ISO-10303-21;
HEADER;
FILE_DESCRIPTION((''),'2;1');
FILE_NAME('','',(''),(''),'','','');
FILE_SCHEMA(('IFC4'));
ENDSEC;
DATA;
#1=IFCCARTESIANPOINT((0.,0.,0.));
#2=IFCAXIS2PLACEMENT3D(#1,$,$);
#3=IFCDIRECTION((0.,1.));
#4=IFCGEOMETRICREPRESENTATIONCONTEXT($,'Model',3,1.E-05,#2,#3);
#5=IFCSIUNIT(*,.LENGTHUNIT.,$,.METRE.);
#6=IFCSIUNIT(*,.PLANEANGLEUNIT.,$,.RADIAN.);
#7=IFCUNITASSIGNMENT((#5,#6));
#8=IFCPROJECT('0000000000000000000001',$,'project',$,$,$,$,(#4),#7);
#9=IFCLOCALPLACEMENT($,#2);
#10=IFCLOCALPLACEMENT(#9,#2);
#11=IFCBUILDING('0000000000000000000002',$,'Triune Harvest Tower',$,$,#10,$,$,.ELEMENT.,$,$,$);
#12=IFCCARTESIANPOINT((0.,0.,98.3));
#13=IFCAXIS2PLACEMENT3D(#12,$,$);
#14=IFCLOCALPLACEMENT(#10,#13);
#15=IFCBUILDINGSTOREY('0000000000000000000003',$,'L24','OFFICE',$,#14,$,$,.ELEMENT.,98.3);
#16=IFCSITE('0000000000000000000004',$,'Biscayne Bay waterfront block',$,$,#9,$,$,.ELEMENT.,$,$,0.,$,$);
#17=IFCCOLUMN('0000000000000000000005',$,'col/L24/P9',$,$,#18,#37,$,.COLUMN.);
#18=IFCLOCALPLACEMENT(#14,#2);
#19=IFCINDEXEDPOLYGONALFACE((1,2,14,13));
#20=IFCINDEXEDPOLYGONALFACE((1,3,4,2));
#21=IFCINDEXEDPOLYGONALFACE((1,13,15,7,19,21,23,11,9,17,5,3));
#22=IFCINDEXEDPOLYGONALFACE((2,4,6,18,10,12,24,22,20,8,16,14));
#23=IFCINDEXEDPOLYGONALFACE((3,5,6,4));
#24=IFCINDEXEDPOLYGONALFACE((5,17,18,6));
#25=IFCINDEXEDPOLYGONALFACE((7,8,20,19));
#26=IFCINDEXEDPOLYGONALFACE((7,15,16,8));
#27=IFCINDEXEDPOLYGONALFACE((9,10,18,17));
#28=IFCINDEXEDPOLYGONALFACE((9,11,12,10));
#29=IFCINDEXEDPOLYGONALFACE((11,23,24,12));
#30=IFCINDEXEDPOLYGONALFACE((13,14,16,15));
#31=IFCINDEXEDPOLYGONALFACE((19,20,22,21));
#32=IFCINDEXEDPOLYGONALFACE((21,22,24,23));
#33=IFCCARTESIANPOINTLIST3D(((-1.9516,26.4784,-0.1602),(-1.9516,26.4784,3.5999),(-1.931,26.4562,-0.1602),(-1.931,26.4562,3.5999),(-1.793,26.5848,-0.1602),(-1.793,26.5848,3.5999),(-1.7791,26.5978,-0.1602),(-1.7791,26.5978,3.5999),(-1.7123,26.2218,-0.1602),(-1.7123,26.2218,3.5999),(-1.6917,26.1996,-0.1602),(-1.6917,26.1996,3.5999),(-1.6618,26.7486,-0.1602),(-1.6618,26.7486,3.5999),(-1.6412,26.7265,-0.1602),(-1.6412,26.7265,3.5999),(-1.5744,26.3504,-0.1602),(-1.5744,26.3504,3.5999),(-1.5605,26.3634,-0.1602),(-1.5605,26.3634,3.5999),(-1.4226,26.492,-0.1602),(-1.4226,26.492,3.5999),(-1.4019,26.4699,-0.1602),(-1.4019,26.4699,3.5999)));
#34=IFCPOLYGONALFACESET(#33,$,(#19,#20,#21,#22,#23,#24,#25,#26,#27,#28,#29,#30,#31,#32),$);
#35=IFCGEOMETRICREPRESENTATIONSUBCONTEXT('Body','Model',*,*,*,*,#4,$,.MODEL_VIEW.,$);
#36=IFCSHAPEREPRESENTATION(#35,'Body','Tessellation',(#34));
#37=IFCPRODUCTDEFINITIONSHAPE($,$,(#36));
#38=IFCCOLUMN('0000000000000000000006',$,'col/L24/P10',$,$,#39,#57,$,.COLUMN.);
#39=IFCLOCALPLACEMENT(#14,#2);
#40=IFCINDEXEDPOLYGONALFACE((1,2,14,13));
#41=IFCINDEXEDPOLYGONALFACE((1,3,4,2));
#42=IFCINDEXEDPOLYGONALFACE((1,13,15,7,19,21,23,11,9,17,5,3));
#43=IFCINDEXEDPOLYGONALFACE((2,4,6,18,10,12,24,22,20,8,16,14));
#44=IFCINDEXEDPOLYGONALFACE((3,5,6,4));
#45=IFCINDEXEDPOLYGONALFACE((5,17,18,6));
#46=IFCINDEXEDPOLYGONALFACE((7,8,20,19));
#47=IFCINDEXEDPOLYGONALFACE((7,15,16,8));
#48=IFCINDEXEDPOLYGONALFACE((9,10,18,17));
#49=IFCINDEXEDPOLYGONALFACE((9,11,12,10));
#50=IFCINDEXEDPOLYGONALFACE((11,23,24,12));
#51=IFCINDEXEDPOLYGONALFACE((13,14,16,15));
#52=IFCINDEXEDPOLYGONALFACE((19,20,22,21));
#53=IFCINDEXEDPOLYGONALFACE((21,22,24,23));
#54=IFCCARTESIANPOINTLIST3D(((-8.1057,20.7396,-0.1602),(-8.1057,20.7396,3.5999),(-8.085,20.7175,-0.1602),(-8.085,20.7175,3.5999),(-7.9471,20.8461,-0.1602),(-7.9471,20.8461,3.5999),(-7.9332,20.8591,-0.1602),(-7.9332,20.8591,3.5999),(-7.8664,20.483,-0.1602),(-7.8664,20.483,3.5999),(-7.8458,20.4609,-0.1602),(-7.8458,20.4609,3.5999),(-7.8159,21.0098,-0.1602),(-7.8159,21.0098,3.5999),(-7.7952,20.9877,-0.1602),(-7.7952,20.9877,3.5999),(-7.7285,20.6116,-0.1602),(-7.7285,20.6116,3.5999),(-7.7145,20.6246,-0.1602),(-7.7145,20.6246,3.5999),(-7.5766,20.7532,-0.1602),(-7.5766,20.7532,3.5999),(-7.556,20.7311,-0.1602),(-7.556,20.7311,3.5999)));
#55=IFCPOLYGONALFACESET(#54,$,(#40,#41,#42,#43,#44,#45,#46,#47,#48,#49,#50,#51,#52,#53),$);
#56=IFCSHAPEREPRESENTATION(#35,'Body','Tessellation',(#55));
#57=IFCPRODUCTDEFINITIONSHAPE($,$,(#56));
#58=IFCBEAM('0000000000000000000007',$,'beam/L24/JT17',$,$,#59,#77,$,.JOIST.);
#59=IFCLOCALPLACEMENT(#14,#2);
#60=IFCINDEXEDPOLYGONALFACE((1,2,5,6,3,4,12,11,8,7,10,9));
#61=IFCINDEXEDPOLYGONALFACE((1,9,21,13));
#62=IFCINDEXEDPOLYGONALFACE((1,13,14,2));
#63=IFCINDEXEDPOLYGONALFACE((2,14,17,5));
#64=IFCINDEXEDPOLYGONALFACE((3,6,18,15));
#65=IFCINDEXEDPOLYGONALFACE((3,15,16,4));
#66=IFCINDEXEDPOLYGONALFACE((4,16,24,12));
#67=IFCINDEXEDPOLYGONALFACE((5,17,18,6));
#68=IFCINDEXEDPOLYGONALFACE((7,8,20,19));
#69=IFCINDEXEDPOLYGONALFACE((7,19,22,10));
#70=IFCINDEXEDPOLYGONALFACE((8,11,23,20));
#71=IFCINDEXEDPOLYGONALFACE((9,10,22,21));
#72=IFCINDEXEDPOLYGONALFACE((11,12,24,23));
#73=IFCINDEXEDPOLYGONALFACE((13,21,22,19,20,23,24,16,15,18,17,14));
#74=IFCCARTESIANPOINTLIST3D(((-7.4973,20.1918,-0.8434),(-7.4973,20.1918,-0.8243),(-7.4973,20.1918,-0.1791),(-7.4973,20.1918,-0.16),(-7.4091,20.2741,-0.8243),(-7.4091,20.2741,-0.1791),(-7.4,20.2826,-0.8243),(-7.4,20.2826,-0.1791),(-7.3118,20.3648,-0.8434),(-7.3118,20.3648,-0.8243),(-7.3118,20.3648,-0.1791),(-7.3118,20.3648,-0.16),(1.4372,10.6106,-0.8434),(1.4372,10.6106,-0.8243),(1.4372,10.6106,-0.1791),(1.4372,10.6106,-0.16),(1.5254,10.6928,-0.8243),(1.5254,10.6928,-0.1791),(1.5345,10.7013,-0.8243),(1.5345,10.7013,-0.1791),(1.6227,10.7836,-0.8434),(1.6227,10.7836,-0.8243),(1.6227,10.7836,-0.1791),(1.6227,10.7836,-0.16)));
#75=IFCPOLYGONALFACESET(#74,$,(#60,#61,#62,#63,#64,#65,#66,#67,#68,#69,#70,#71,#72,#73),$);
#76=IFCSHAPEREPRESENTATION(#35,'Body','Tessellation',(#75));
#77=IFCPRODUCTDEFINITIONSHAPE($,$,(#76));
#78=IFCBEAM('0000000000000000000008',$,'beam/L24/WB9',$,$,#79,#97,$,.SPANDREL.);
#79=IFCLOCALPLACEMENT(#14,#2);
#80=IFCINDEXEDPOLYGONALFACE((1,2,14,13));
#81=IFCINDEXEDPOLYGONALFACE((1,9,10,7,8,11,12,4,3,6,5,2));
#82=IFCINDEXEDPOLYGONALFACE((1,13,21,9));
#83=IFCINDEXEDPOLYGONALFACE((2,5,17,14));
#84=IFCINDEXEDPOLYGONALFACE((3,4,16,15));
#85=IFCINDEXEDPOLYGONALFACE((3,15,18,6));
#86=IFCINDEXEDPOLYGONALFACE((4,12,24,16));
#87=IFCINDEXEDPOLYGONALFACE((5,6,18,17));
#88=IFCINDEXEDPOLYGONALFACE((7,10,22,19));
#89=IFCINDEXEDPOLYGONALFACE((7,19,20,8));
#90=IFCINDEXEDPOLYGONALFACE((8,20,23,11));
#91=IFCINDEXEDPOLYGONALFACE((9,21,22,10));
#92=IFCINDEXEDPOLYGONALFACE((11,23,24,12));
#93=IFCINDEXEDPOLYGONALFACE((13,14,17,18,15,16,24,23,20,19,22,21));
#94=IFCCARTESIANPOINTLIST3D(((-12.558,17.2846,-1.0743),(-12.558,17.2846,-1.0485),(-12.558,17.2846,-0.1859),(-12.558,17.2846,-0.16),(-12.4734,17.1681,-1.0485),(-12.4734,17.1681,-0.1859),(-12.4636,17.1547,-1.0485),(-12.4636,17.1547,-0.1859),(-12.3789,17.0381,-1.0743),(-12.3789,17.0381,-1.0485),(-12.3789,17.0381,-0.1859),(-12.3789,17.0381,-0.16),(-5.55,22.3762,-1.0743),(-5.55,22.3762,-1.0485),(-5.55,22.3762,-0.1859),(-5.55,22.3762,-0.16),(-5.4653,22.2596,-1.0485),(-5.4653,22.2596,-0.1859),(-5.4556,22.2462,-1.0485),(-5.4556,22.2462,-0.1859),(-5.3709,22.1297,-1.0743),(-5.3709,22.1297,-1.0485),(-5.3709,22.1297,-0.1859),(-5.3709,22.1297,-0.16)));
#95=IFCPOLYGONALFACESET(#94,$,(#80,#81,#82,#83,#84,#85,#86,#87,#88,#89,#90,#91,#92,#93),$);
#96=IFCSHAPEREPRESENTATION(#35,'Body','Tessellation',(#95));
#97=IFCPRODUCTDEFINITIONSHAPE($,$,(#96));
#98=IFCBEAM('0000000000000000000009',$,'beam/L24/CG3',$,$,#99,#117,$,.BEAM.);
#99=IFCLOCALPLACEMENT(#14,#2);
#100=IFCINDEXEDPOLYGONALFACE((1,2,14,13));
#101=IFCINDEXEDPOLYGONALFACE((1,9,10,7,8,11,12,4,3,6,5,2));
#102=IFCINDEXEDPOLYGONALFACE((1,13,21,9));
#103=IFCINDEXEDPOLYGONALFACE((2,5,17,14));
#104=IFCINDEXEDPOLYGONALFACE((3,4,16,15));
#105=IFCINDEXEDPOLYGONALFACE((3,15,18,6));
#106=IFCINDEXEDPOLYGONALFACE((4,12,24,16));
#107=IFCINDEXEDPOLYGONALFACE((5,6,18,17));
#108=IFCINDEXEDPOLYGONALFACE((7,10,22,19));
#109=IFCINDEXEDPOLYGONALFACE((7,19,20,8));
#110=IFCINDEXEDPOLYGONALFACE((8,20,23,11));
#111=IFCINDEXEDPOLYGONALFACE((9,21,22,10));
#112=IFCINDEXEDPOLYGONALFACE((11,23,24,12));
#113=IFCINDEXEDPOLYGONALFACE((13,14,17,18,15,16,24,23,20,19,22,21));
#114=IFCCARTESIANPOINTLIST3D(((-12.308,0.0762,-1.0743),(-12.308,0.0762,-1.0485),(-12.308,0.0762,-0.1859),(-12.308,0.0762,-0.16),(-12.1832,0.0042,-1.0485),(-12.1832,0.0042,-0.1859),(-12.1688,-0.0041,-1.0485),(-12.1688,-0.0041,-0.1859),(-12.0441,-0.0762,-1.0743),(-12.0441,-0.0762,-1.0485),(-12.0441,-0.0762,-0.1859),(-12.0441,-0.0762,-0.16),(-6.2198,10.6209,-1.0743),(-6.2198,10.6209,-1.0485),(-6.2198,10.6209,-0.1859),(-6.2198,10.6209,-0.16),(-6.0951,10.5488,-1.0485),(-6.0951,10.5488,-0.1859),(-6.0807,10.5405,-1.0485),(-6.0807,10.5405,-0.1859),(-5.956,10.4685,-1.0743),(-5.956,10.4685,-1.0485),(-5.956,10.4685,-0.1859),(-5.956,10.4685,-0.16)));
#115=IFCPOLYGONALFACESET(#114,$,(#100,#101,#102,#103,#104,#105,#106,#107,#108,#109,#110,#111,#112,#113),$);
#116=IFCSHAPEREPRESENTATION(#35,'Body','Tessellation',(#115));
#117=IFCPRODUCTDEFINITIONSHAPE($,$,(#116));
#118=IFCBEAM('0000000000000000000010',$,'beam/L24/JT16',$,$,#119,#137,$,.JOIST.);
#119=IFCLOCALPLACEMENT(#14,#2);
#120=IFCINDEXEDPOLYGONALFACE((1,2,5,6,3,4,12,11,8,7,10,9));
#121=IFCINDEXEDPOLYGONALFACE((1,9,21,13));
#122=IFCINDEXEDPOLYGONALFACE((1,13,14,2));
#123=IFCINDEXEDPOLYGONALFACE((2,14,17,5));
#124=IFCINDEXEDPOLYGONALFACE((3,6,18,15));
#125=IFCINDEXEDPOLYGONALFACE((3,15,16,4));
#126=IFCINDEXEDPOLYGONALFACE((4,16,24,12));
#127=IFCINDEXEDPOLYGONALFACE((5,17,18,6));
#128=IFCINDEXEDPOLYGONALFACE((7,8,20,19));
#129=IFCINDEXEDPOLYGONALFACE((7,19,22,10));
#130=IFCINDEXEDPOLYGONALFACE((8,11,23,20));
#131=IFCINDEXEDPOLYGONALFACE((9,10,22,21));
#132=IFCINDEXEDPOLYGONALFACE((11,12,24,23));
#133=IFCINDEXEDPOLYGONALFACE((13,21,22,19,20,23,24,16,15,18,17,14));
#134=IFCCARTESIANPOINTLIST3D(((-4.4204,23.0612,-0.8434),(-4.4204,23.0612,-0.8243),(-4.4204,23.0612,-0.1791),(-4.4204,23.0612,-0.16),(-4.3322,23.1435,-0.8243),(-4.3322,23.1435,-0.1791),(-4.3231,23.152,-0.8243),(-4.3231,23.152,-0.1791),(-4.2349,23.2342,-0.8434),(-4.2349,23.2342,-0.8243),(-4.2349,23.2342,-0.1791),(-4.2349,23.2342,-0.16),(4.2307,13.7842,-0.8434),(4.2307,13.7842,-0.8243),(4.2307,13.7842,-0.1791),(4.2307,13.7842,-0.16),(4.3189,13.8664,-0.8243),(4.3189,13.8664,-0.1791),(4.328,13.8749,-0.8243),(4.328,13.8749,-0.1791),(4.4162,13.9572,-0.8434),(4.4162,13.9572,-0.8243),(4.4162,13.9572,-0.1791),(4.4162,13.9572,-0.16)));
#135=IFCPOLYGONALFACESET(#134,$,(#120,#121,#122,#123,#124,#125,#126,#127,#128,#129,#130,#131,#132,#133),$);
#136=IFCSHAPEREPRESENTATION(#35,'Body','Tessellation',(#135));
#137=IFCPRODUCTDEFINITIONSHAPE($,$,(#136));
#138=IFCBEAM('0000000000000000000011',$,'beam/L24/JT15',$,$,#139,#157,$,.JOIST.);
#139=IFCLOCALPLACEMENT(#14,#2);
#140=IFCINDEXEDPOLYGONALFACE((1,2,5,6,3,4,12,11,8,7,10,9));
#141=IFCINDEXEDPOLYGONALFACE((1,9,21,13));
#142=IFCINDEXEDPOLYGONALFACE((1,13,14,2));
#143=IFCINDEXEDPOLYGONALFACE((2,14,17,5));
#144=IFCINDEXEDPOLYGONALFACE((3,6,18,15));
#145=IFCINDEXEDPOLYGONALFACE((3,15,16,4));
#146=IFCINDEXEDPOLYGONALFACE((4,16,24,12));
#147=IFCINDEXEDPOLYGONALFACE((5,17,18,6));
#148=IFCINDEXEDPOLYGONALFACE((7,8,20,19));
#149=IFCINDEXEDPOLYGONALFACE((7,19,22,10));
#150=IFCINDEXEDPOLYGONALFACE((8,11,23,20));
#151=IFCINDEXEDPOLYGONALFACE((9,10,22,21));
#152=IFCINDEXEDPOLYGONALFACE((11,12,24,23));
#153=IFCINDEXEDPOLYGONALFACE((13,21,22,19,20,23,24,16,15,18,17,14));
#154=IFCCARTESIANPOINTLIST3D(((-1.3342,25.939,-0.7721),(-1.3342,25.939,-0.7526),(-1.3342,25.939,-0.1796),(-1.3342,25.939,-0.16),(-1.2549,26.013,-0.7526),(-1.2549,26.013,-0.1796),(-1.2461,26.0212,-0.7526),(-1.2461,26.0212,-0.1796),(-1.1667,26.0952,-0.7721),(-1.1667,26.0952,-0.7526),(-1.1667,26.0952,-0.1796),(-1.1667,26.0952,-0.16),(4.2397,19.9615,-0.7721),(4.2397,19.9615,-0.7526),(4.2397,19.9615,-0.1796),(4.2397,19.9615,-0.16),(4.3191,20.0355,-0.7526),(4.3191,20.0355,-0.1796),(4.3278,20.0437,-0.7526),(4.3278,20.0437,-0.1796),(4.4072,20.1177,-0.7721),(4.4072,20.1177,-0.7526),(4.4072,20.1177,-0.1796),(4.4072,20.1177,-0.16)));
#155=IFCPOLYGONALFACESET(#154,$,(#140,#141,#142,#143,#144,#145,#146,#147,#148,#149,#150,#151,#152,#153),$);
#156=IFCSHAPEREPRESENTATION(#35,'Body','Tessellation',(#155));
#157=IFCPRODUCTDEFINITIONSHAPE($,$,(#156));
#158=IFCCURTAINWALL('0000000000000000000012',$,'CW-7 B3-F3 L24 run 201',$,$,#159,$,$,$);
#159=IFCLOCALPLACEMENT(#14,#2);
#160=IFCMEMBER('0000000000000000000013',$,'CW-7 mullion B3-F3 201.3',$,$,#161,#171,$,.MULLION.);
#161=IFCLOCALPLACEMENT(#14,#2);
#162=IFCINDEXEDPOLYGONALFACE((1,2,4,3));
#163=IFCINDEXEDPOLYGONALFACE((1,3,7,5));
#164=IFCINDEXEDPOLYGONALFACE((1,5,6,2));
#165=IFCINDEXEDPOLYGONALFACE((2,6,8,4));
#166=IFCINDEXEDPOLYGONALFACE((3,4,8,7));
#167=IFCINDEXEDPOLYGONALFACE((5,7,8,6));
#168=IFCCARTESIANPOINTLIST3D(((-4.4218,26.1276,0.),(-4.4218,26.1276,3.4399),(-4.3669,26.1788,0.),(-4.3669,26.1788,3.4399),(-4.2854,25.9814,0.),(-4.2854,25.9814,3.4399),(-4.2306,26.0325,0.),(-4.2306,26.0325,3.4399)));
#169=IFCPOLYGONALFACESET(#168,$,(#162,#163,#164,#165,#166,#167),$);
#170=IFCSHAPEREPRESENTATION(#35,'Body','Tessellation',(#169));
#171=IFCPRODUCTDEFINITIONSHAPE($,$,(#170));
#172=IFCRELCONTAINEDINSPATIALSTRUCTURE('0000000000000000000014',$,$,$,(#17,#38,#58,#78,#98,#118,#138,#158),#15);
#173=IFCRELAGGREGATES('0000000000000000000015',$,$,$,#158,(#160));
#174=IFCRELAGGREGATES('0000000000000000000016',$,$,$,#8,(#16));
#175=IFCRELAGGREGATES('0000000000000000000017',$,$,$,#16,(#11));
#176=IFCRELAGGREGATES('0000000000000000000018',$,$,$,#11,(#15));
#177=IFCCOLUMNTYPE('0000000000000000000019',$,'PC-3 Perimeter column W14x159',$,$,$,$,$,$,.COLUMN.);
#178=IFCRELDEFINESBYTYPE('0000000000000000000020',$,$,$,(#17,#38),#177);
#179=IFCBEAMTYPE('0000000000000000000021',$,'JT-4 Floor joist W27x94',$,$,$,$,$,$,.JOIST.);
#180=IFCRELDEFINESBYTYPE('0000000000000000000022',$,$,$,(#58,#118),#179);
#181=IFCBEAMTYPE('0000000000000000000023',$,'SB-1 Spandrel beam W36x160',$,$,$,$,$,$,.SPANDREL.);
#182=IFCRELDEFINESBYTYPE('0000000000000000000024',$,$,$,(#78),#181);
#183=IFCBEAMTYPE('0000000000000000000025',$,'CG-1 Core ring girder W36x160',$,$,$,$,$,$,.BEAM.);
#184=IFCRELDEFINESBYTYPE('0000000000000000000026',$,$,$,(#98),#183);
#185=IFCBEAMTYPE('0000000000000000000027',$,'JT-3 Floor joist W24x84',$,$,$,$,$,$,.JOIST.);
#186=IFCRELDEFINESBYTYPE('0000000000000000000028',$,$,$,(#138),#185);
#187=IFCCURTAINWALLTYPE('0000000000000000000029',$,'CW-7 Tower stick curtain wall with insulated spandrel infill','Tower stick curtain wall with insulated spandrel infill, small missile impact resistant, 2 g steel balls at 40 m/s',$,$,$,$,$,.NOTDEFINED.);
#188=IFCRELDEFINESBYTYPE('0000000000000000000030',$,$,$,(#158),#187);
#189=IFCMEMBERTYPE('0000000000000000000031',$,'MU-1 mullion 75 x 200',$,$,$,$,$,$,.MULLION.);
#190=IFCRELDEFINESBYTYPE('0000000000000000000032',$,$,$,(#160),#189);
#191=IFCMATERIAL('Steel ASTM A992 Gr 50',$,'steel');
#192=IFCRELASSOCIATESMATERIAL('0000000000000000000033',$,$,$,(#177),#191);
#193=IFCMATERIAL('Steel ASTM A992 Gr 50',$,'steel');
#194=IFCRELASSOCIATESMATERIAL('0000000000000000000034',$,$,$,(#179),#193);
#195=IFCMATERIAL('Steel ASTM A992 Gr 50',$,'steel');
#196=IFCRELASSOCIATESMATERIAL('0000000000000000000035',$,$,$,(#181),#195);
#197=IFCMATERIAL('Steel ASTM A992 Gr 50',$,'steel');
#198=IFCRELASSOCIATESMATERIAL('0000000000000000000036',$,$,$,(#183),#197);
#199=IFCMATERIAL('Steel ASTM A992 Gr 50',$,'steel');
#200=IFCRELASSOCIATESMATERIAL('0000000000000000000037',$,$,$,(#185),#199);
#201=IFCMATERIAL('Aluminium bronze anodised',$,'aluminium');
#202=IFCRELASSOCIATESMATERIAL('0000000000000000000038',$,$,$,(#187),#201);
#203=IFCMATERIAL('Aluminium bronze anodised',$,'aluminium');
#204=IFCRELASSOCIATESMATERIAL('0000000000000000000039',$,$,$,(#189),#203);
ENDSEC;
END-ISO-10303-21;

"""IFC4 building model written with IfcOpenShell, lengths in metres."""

from ifc_helpers import new_model, si_unit, direction, frame, origin, origin_2d, place, context, subcontext, project, spatial, rectangle, i_section, extrude, source, transform, mapped, material, material_profile, profile_set, type_object, element, aggregate, save


model = new_model("IFC4")

# Units and contexts
model_context = context("Model", 3, precision=1e-05, world=origin(), true_north=direction((0.0, 1.0)))
body_context = subcontext(model_context, "Body", "Model", "MODEL_VIEW")
ifc_project = project(units=[si_unit("LENGTHUNIT", "METRE"), si_unit("PLANEANGLEUNIT", "RADIAN")], contexts=[model_context])

# Site, building, storey
site_placement = place(None, origin())
site = spatial("IfcSite", under=ifc_project, at=site_placement, Name="Biscayne Bay waterfront block", CompositionType="ELEMENT", RefElevation=0.0)
building_placement = place(site_placement, origin())
building = spatial("IfcBuilding", under=site, at=building_placement, Name="Triune Harvest Tower", CompositionType="ELEMENT")
storey_placement = place(building_placement, frame((0.0, 0.0, 98.3)))
storey = spatial("IfcBuildingStorey", under=building, at=storey_placement, Name="L24", Description="OFFICE", CompositionType="ELEMENT", Elevation=98.3)

# Columns
ifc_material_1 = material(Name="Steel ASTM A992 Gr 50", Category="steel")
ifc_material_profile_1 = material_profile(ifc_material_1, i_section(OverallWidth=0.3962, OverallDepth=0.3811, WebThickness=0.019, FlangeThickness=0.0303, at=origin_2d()), Name="W14x159")
ifc_profile_set_1 = profile_set([ifc_material_profile_1], Name="Steel ASTM A992 Gr 50")
column_type = type_object("IfcColumnType", Name="PC-3 Perimeter column W14x159", PredefinedType="COLUMN", material=ifc_profile_set_1)
shared_shape_1 = source(origin(), body_context, "Body", "SweptSolid", [
    extrude(i_section(OverallWidth=0.3962, OverallDepth=0.3811, WebThickness=0.019, FlangeThickness=0.0303, at=origin_2d()), origin(), (0.0, 0.0, 1.0), 3.76),
])
for number, where, z_axis, x_axis, name in (
    (1, (-1.6768, 26.4741, -0.1602), (0.0, 0.0, 1.0), (-0.731355, -0.681997, 0.0), "col/L24/P9"),
    (2, (-7.8308, 20.7354, -0.1602), (0.0, 0.0, 1.0), (-0.731355, -0.681997, 0.0), "col/L24/P10"),
):
    element("IfcColumn", number, at=place(storey_placement, frame(where, z_axis=z_axis, x_axis=x_axis)), inside=storey, type_object=column_type, Name=name, PredefinedType="COLUMN", context=body_context, shape_type="MappedRepresentation", body=[
        mapped(shared_shape_1, transform((0.0, 0.0, 0.0), scale=1.0)),
    ])

# Beams
ifc_material_2 = material(Name="Steel ASTM A992 Gr 50", Category="steel")
ifc_material_profile_2 = material_profile(ifc_material_2, i_section(OverallWidth=0.2537, OverallDepth=0.6833, WebThickness=0.0125, FlangeThickness=0.019, at=origin_2d()), Name="W27x94")
ifc_profile_set_2 = profile_set([ifc_material_profile_2], Name="Steel ASTM A992 Gr 50")
beam_type_1 = type_object("IfcBeamType", Name="JT-4 Floor joist W27x94", PredefinedType="JOIST", material=ifc_profile_set_2)
beam_1_placement = place(storey_placement, frame((-7.4045, 20.2783, -0.5017), z_axis=(0.681993, -0.731359, 0.0), x_axis=(0.731359, 0.681993, 0.0)))
element("IfcBeam", 3, at=beam_1_placement, inside=storey, type_object=beam_type_1, Name="beam/L24/JT17", PredefinedType="JOIST", context=body_context, shape_type="SweptSolid", body=[
    extrude(i_section(OverallWidth=0.2537, OverallDepth=0.6833, WebThickness=0.0125, FlangeThickness=0.019, at=origin_2d()), origin(), (0.0, 0.0, 1.0), 13.1006),
])
ifc_material_3 = material(Name="Steel ASTM A992 Gr 50", Category="steel")
ifc_material_profile_3 = material_profile(ifc_material_3, i_section(OverallWidth=0.3047, OverallDepth=0.9143, WebThickness=0.0166, FlangeThickness=0.0259, at=origin_2d()), Name="W36x160")
ifc_profile_set_3 = profile_set([ifc_material_profile_3], Name="Steel ASTM A992 Gr 50")
beam_type_2 = type_object("IfcBeamType", Name="SB-1 Spandrel beam W36x160", PredefinedType="SPANDREL", material=ifc_profile_set_3)
beam_2_placement = place(storey_placement, frame((-5.4604, 22.2529, -0.6172), z_axis=(-0.809022, -0.587778, 0.0), x_axis=(0.587778, -0.809022, 0.0)))
element("IfcBeam", 4, at=beam_2_placement, inside=storey, type_object=beam_type_2, Name="beam/L24/WB9", PredefinedType="SPANDREL", context=body_context, shape_type="SweptSolid", body=[
    extrude(i_section(OverallWidth=0.3047, OverallDepth=0.9143, WebThickness=0.0166, FlangeThickness=0.0259, at=origin_2d()), origin(), (0.0, 0.0, 1.0), 8.6624),
])
ifc_material_4 = material(Name="Steel ASTM A992 Gr 50", Category="steel")
ifc_material_profile_4 = material_profile(ifc_material_4, i_section(OverallWidth=0.3047, OverallDepth=0.9143, WebThickness=0.0166, FlangeThickness=0.0259, at=origin_2d()), Name="W36x160")
ifc_profile_set_4 = profile_set([ifc_material_profile_4], Name="Steel ASTM A992 Gr 50")
beam_type_3 = type_object("IfcBeamType", Name="CG-1 Core ring girder W36x160", PredefinedType="BEAM", material=ifc_profile_set_4)
shared_shape_2 = source(origin(), body_context, "Body", "SweptSolid", [
    extrude(i_section(OverallWidth=0.3047, OverallDepth=0.9143, WebThickness=0.0166, FlangeThickness=0.0259, at=origin_2d()), origin(), (0.0, 0.0, 1.0), 12.176),
])
beam_3_placement = place(storey_placement, frame((-6.0879, 10.5447, -0.6172), z_axis=(-0.50001, -0.86602, 0.0), x_axis=(0.86602, -0.50001, 0.0)))
element("IfcBeam", 5, at=beam_3_placement, inside=storey, type_object=beam_type_3, Name="beam/L24/CG3", PredefinedType="BEAM", context=body_context, shape_type="MappedRepresentation", body=[
    mapped(shared_shape_2, transform((0.0, 0.0, 0.0), scale=1.0)),
])
shared_shape_3 = source(origin(), body_context, "Body", "SweptSolid", [
    extrude(i_section(OverallWidth=0.2537, OverallDepth=0.6833, WebThickness=0.0125, FlangeThickness=0.019, at=origin_2d()), origin(), (0.0, 0.0, 1.0), 12.6848),
])
beam_4_placement = place(storey_placement, frame((-4.3276, 23.1477, -0.5017), z_axis=(0.682002, -0.73135, 0.0), x_axis=(0.73135, 0.682002, 0.0)))
element("IfcBeam", 6, at=beam_4_placement, inside=storey, type_object=beam_type_1, Name="beam/L24/JT16", PredefinedType="JOIST", context=body_context, shape_type="MappedRepresentation", body=[
    mapped(shared_shape_3, transform((0.0, 0.0, 0.0), scale=1.0)),
])
ifc_material_5 = material(Name="Steel ASTM A992 Gr 50", Category="steel")
ifc_material_profile_5 = material_profile(ifc_material_5, i_section(OverallWidth=0.229, OverallDepth=0.6121, WebThickness=0.012, FlangeThickness=0.0195, at=origin_2d()), Name="W24x84")
ifc_profile_set_5 = profile_set([ifc_material_profile_5], Name="Steel ASTM A992 Gr 50")
beam_type_4 = type_object("IfcBeamType", Name="JT-3 Floor joist W24x84", PredefinedType="JOIST", material=ifc_profile_set_5)
shared_shape_4 = source(origin(), body_context, "Body", "SweptSolid", [
    extrude(i_section(OverallWidth=0.229, OverallDepth=0.6121, WebThickness=0.012, FlangeThickness=0.0195, at=origin_2d()), origin(), (0.0, 0.0, 1.0), 8.1731),
])
beam_5_placement = place(storey_placement, frame((-1.2505, 26.0171, -0.4661), z_axis=(0.681987, -0.731364, 0.0), x_axis=(0.731364, 0.681987, 0.0)))
element("IfcBeam", 7, at=beam_5_placement, inside=storey, type_object=beam_type_4, Name="beam/L24/JT15", PredefinedType="JOIST", context=body_context, shape_type="MappedRepresentation", body=[
    mapped(shared_shape_4, transform((0.0, 0.0, 0.0), scale=1.0)),
])

# Curtain wall, member
ifc_material_6 = material(Name="Aluminium bronze anodised", Category="aluminium")
curtain_wall_type_1 = type_object("IfcCurtainWallType", Name="CW-7 Tower stick curtain wall with insulated spandrel infill", Description="Tower stick curtain wall with insulated spandrel infill, small missile impact resistant, 2 g steel balls at 40 m/s", PredefinedType="NOTDEFINED", material=ifc_material_6)
curtain_wall_1_placement = place(storey_placement, origin())
curtain_wall_1 = element("IfcCurtainWall", 8, at=curtain_wall_1_placement, inside=storey, type_object=curtain_wall_type_1, Name="CW-7 B3-F3 L24 run 201")
ifc_material_7 = material(Name="Aluminium bronze anodised", Category="aluminium")
ifc_material_profile_6 = material_profile(ifc_material_7, rectangle(XDim=0.2, YDim=0.075, at=origin_2d()), Name="MU-1 mullion 75 x 200")
ifc_profile_set_6 = profile_set([ifc_material_profile_6], Name="Aluminium bronze anodised")
member_type_1 = type_object("IfcMemberType", Name="MU-1 mullion 75 x 200", PredefinedType="MULLION", material=ifc_profile_set_6)
shared_shape_5 = source(origin(), body_context, "Body", "SweptSolid", [
    extrude(rectangle(XDim=0.2, YDim=0.075, at=origin_2d()), origin(), (0.0, 0.0, 1.0), 3.4399),
])
member_1_placement = place(storey_placement, frame((-4.3262, 26.0801, 0.0), z_axis=(0.0, 0.0, 1.0), x_axis=(0.682, -0.731353, 0.0)))
member_1 = element("IfcMember", 9, at=member_1_placement, type_object=member_type_1, Name="CW-7 mullion B3-F3 201.3", PredefinedType="MULLION", context=body_context, shape_type="MappedRepresentation", body=[
    mapped(shared_shape_5, transform((0.0, 0.0, 0.0), scale=1.0)),
])

aggregate(curtain_wall_1, [member_1])

save(model, "model.ifc")
